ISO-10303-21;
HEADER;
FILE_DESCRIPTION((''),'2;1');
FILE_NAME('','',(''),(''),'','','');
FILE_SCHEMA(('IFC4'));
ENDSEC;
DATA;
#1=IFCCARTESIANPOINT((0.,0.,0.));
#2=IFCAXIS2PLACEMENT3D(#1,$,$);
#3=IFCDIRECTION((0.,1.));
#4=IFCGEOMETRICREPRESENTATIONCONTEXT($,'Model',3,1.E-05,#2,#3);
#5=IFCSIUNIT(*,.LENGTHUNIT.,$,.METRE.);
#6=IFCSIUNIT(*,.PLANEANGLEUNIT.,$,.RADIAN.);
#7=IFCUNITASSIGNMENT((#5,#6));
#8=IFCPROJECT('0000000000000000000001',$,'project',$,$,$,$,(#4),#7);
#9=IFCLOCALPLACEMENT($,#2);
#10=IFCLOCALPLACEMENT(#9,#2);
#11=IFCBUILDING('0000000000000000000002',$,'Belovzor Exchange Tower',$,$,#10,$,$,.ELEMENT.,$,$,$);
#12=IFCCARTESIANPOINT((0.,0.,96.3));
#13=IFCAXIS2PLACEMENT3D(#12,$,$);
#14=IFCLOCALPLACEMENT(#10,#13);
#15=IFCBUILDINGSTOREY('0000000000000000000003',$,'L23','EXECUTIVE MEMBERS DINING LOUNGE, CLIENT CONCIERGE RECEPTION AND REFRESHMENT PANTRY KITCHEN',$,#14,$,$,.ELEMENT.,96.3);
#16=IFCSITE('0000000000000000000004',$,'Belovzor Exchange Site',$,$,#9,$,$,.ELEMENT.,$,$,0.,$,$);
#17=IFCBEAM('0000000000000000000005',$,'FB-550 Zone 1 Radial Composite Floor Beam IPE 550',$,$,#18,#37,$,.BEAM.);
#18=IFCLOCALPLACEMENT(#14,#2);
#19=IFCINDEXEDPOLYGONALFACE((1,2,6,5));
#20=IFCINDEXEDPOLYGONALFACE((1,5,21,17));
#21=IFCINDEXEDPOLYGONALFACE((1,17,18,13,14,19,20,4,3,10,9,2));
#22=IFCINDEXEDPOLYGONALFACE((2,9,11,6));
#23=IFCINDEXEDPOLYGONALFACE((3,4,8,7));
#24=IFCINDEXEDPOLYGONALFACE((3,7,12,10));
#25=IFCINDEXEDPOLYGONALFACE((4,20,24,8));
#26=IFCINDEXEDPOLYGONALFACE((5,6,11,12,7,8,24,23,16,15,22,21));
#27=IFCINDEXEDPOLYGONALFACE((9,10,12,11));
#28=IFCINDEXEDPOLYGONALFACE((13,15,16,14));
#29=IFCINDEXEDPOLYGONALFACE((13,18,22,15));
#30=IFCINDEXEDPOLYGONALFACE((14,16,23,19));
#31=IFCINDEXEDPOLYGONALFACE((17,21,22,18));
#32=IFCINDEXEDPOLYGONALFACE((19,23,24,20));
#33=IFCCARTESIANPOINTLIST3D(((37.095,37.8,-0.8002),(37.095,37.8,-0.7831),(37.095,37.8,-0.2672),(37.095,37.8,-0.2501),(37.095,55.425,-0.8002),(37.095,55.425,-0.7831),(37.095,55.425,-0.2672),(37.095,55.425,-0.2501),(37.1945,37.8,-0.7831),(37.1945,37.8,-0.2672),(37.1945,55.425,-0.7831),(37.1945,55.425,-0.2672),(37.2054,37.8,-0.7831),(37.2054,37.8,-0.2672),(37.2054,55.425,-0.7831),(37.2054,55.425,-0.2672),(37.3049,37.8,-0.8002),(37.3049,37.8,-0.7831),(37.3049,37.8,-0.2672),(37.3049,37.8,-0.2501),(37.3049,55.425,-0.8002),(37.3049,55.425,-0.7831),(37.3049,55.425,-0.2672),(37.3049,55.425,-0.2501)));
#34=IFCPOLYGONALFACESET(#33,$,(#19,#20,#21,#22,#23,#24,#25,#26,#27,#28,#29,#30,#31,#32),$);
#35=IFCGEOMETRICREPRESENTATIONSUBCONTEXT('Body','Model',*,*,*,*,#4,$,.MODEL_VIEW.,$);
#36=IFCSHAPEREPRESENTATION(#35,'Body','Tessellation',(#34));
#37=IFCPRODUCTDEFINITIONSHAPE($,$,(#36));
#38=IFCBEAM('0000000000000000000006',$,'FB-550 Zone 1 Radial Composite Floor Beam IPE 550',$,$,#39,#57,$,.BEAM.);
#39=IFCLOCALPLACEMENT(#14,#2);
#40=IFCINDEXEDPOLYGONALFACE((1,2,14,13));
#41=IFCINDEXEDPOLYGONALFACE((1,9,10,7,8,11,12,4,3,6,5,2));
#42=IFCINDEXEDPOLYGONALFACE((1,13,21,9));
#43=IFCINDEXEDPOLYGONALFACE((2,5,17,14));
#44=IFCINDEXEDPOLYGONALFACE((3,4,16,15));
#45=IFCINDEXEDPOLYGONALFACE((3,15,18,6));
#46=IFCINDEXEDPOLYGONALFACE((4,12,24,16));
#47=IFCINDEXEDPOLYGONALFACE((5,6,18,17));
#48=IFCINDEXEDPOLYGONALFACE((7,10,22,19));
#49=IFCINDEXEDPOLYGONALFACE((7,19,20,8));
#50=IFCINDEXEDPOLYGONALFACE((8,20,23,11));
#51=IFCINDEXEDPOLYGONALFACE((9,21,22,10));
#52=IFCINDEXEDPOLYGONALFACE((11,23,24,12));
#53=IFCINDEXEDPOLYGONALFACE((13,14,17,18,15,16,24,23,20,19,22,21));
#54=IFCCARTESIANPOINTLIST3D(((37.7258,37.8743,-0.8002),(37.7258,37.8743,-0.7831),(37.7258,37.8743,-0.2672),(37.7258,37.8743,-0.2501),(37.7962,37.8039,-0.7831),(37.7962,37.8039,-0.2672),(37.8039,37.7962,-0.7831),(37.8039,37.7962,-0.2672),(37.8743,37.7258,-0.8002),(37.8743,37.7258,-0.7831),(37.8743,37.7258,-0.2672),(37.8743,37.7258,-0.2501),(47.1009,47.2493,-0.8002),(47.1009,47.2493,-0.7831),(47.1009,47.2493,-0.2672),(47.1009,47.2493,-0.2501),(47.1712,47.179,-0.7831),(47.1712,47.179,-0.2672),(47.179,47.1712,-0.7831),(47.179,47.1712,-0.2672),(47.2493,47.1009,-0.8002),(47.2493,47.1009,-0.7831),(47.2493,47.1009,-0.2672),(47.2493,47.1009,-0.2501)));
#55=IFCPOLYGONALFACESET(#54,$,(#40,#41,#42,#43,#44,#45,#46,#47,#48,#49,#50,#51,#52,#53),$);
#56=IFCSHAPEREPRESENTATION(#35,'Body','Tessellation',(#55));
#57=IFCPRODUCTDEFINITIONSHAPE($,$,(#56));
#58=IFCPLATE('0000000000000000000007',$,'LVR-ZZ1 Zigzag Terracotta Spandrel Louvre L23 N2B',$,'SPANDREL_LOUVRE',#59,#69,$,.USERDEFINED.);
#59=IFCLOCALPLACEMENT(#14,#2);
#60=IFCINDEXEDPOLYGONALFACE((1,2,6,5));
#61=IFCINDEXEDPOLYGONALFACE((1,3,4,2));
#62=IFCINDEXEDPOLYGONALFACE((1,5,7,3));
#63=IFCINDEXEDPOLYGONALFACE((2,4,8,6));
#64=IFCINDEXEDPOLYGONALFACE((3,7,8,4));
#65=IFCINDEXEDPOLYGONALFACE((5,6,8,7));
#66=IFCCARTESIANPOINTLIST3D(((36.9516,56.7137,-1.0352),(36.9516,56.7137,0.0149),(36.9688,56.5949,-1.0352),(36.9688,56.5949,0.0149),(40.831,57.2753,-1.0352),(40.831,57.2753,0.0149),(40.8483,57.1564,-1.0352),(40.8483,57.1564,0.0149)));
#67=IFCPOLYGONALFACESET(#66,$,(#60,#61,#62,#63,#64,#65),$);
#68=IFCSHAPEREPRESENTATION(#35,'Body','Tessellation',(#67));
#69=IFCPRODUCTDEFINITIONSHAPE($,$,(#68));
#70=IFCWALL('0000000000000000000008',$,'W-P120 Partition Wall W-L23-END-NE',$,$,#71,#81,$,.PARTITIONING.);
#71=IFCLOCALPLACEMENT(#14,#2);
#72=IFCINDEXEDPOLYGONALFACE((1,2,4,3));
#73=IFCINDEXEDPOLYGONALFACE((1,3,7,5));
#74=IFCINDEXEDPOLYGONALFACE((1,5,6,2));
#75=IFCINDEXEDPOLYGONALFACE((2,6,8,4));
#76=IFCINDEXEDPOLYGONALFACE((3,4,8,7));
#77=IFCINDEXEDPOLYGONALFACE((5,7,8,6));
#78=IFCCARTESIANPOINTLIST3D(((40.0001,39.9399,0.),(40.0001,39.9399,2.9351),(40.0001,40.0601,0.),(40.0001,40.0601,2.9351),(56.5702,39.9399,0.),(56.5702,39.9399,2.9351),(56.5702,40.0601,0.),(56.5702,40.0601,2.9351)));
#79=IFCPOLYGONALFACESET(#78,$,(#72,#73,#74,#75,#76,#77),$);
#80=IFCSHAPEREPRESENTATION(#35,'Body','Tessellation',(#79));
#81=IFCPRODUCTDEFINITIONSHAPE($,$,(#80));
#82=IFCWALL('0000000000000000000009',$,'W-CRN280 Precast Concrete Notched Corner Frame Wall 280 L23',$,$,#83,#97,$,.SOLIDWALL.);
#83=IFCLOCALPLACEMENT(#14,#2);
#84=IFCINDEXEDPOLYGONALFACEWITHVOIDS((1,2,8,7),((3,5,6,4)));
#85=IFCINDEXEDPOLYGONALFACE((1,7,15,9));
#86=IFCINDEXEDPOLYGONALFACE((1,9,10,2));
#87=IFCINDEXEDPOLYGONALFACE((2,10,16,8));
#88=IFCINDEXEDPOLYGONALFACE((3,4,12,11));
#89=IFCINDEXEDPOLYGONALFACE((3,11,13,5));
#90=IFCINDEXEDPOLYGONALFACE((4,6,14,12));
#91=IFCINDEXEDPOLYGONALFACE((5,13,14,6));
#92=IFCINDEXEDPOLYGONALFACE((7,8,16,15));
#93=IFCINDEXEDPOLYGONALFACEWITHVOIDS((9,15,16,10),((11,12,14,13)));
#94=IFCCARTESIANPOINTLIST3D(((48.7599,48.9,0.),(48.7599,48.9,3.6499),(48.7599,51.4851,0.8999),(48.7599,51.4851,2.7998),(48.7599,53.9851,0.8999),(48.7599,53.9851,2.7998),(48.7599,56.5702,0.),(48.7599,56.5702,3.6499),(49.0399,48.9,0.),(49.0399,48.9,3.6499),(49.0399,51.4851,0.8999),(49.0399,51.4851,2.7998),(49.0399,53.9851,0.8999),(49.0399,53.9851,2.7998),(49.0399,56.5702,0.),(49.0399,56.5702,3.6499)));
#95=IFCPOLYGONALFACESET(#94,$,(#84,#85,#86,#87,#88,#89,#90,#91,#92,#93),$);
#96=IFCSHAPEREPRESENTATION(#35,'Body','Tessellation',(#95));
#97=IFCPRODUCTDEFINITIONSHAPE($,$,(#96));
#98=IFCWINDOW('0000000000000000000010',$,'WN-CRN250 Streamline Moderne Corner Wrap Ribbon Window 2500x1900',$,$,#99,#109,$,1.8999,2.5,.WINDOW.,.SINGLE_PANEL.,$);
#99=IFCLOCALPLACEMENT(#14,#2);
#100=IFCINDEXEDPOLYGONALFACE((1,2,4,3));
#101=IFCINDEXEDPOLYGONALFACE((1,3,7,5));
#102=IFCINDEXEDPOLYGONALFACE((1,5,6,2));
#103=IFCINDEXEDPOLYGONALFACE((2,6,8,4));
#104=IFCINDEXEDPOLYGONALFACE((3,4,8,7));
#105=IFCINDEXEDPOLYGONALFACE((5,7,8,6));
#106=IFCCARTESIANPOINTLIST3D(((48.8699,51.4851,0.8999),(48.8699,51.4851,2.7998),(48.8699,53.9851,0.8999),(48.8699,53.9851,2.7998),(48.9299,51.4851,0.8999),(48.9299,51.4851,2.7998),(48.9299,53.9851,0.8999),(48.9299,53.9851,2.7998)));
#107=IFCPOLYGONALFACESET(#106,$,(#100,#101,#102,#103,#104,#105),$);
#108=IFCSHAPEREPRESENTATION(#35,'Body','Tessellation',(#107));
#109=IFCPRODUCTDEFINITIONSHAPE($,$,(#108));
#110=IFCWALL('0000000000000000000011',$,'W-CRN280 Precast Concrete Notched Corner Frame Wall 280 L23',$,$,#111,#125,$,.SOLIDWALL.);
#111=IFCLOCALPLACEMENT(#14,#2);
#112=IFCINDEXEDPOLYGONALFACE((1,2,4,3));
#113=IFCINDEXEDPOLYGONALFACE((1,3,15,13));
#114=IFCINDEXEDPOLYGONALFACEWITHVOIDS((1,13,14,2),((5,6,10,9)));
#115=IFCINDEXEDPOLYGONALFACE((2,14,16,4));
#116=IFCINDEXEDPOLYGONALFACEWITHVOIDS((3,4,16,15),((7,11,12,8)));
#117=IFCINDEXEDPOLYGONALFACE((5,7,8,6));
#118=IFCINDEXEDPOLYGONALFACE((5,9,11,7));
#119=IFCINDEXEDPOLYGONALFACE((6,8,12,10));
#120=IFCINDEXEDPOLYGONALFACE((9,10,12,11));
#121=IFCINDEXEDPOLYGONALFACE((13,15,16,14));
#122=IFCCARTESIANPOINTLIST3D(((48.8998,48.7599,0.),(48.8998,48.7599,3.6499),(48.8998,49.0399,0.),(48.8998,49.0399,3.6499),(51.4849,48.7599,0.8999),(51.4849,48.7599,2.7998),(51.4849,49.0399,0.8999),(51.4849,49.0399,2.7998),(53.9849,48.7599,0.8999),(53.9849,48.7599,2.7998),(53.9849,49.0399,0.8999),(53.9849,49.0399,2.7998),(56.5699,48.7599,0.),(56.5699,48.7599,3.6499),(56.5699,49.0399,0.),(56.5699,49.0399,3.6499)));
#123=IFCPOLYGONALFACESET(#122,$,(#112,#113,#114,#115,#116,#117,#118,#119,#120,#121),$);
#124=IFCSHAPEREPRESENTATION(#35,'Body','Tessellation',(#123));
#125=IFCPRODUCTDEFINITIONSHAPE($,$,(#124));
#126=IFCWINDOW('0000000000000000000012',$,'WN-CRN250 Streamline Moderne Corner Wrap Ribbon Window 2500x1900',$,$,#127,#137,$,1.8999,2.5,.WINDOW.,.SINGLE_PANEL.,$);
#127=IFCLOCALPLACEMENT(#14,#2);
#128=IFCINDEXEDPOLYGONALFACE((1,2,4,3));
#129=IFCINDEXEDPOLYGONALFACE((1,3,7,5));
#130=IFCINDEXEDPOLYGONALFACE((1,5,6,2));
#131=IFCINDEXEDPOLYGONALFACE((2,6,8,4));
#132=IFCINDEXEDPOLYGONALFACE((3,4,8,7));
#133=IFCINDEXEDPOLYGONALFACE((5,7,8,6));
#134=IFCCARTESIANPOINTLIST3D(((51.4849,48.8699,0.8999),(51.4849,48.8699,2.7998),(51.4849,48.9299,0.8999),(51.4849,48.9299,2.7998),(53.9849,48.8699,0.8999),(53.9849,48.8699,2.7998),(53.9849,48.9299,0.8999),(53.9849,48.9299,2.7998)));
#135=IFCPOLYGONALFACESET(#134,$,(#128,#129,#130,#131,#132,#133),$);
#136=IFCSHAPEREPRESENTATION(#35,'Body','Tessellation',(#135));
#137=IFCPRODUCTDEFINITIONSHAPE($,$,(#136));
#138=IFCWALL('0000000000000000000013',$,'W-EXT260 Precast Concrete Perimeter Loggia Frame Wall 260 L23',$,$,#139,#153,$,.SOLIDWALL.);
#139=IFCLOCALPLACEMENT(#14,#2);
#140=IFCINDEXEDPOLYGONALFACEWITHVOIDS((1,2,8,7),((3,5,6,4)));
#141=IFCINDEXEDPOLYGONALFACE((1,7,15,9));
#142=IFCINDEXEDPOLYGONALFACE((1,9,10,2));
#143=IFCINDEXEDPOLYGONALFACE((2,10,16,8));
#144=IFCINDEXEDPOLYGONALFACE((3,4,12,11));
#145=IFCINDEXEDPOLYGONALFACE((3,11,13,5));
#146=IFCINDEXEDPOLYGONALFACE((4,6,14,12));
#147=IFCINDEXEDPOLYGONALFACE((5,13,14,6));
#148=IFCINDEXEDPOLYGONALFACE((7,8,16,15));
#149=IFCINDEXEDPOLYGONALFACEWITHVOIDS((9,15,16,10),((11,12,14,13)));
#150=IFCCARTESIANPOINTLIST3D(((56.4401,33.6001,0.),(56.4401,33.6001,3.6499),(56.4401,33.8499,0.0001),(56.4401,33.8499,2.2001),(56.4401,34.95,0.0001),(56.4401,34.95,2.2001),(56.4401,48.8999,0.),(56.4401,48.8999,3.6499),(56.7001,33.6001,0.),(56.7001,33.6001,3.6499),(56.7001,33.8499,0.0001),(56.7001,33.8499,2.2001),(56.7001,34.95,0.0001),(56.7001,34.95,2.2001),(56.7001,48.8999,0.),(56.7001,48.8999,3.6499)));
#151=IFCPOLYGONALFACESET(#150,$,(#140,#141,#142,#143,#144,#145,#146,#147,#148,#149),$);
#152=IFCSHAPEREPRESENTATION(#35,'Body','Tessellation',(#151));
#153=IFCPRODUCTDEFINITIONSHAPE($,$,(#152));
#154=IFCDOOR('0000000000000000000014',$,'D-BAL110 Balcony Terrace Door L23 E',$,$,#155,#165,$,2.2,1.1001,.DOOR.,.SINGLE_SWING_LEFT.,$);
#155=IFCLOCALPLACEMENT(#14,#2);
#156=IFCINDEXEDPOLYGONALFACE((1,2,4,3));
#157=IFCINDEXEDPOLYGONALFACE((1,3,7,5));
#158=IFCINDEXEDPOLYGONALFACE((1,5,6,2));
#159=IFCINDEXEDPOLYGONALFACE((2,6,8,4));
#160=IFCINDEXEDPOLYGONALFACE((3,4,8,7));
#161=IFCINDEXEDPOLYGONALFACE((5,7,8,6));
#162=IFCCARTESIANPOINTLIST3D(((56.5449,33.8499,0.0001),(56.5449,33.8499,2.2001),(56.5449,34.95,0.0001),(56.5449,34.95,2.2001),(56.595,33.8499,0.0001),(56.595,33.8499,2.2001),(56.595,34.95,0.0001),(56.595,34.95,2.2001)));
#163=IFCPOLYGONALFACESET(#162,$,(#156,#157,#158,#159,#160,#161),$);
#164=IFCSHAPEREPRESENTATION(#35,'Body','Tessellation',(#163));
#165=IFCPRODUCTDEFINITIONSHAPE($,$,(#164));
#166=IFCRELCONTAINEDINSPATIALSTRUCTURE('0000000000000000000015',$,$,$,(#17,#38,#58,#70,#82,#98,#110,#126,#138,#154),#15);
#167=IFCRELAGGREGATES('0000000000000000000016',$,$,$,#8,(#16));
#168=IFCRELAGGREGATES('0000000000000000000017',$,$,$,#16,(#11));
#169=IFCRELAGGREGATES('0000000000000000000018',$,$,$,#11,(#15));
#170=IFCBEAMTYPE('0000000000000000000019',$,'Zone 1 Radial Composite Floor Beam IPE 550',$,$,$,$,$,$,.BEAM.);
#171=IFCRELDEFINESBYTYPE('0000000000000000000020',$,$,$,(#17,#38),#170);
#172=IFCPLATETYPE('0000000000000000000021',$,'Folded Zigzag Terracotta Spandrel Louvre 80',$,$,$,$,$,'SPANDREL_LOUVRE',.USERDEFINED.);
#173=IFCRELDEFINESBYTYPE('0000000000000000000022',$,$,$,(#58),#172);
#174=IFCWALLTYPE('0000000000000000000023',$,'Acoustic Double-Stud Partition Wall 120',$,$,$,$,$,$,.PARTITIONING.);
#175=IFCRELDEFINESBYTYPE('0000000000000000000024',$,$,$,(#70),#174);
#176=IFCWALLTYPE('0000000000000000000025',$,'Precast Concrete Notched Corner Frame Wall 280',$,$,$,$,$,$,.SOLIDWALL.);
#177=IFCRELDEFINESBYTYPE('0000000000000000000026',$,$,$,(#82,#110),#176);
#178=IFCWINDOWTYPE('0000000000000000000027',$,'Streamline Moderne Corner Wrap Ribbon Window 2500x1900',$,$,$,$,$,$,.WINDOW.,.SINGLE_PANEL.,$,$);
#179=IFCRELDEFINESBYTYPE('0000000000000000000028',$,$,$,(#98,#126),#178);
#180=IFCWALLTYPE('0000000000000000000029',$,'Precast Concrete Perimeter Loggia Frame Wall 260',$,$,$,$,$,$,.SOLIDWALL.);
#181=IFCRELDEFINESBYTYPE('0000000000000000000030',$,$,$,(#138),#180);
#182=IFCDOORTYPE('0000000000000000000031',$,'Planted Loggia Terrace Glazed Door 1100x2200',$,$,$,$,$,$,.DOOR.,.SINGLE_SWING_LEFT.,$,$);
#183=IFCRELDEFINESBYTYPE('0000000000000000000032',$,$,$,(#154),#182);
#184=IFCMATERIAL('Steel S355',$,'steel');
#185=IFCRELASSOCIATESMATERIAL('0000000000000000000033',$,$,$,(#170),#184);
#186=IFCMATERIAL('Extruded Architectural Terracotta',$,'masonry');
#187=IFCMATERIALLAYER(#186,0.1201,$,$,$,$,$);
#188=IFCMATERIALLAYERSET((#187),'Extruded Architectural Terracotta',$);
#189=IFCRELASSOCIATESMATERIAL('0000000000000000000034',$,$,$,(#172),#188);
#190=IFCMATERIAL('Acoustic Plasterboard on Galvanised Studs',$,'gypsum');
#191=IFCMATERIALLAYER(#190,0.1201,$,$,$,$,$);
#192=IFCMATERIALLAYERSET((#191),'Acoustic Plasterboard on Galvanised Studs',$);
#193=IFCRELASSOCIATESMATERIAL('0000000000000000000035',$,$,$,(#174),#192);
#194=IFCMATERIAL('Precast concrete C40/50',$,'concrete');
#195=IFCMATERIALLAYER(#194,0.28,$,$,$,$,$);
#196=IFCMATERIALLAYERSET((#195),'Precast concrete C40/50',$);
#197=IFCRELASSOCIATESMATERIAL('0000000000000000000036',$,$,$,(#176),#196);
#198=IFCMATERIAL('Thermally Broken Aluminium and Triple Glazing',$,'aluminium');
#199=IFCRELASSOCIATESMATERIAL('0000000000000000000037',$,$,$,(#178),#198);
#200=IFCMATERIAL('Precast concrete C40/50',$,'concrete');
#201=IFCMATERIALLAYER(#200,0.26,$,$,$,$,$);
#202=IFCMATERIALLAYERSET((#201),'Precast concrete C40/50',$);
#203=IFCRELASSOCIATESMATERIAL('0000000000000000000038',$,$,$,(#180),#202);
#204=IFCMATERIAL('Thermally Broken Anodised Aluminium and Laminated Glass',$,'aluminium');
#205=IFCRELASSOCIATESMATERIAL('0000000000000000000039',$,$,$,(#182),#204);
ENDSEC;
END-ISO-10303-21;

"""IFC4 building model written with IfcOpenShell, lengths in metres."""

from ifc_helpers import new_model, si_unit, direction, frame, frame_2d, origin, origin_2d, place, context, subcontext, project, spatial, rectangle, i_section, extrude, material, layer, layer_set, material_profile, profile_set, type_object, element, fill, save


model = new_model("IFC4")

# Units and contexts
model_context = context("Model", 3, precision=1e-05, world=origin(), true_north=direction((0.0, 1.0)))
body_context = subcontext(model_context, "Body", "Model", "MODEL_VIEW")
ifc_project = project(units=[si_unit("LENGTHUNIT", "METRE"), si_unit("PLANEANGLEUNIT", "RADIAN")], contexts=[model_context])

# Site, building, storey
site_placement = place(None, origin())
site = spatial("IfcSite", under=ifc_project, at=site_placement, Name="Belovzor Exchange Site", CompositionType="ELEMENT", RefElevation=0.0)
building_placement = place(site_placement, origin())
building = spatial("IfcBuilding", under=site, at=building_placement, Name="Belovzor Exchange Tower", CompositionType="ELEMENT")
storey_placement = place(building_placement, frame((0.0, 0.0, 96.3)))
storey = spatial("IfcBuildingStorey", under=building, at=storey_placement, Name="L23", Description="EXECUTIVE MEMBERS DINING LOUNGE, CLIENT CONCIERGE RECEPTION AND REFRESHMENT PANTRY KITCHEN", CompositionType="ELEMENT", Elevation=96.3)

# Beams
ifc_material_1 = material(Name="Steel S355", Category="steel")
ifc_material_profile_1 = material_profile(ifc_material_1, i_section(OverallWidth=0.21, OverallDepth=0.55, WebThickness=0.011, FlangeThickness=0.0171, at=origin_2d()))
ifc_profile_set_1 = profile_set([ifc_material_profile_1], Name="Steel S355")
beam_type_1 = type_object("IfcBeamType", Name="Zone 1 Radial Composite Floor Beam IPE 550", PredefinedType="BEAM", material=ifc_profile_set_1)
beam_1_placement = place(storey_placement, frame((37.2, 37.8, -0.5251), z_axis=(0.0, 1.0, 0.0), x_axis=(-1.0, 0.0, 0.0)))
element("IfcBeam", 1, at=beam_1_placement, inside=storey, type_object=beam_type_1, Name="FB-550 Zone 1 Radial Composite Floor Beam IPE 550", PredefinedType="BEAM", context=body_context, shape_type="SweptSolid", body=[
    extrude(i_section(OverallWidth=0.21, OverallDepth=0.55, WebThickness=0.011, FlangeThickness=0.0171, at=origin_2d()), origin(), (0.0, 0.0, 1.0), 17.625),
])
beam_2_placement = place(storey_placement, frame((37.8, 37.8, -0.5251), z_axis=(0.707107, 0.707107, 0.0), x_axis=(-0.707107, 0.707107, 0.0)))
element("IfcBeam", 2, at=beam_2_placement, inside=storey, type_object=beam_type_1, Name="FB-550 Zone 1 Radial Composite Floor Beam IPE 550", PredefinedType="BEAM", context=body_context, shape_type="SweptSolid", body=[
    extrude(i_section(OverallWidth=0.21, OverallDepth=0.55, WebThickness=0.011, FlangeThickness=0.0171, at=origin_2d()), origin(), (0.0, 0.0, 1.0), 13.2583),
])

# Plate
ifc_material_2 = material(Name="Extruded Architectural Terracotta", Category="masonry")
ifc_layer_1 = layer(ifc_material_2, 0.1201)
ifc_layer_set_1 = layer_set([ifc_layer_1], Name="Extruded Architectural Terracotta")
plate_type = type_object("IfcPlateType", Name="Folded Zigzag Terracotta Spandrel Louvre 80", ElementType="SPANDREL_LOUVRE", PredefinedType="USERDEFINED", material=ifc_layer_set_1)
plate_placement = place(storey_placement, frame((38.8999, 56.9351, -1.0352), z_axis=(0.0, 0.0, 1.0), x_axis=(0.989686, 0.143251, 0.0)))
element("IfcPlate", 3, at=plate_placement, inside=storey, type_object=plate_type, Name="LVR-ZZ1 Zigzag Terracotta Spandrel Louvre L23 N2B", ObjectType="SPANDREL_LOUVRE", PredefinedType="USERDEFINED", context=body_context, shape_type="SweptSolid", body=[
    extrude(rectangle(XDim=3.9199, YDim=0.1201, at=origin_2d()), origin(), (0.0, 0.0, 1.0), 1.05),
])

# Wall
ifc_material_3 = material(Name="Acoustic Plasterboard on Galvanised Studs", Category="gypsum")
ifc_layer_2 = layer(ifc_material_3, 0.1201)
ifc_layer_set_2 = layer_set([ifc_layer_2], Name="Acoustic Plasterboard on Galvanised Studs")
wall_type_1 = type_object("IfcWallType", Name="Acoustic Double-Stud Partition Wall 120", PredefinedType="PARTITIONING", material=ifc_layer_set_2)
wall_1_placement = place(storey_placement, frame((40.0, 40.0, 0.0), z_axis=(0.0, 0.0, 1.0), x_axis=(1.0, 0.0, 0.0)))
element("IfcWall", 4, at=wall_1_placement, inside=storey, type_object=wall_type_1, Name="W-P120 Partition Wall W-L23-END-NE", PredefinedType="PARTITIONING", context=body_context, shape_type="SweptSolid", body=[
    extrude(rectangle(XDim=16.5701, YDim=0.1201, at=frame_2d((8.2852, 0.0))), origin(), (0.0, 0.0, 1.0), 2.9351),
])

# Walls, openings, windows
ifc_material_4 = material(Name="Precast concrete C40/50", Category="concrete")
ifc_layer_3 = layer(ifc_material_4, 0.28)
ifc_layer_set_3 = layer_set([ifc_layer_3], Name="Precast concrete C40/50")
wall_type_2 = type_object("IfcWallType", Name="Precast Concrete Notched Corner Frame Wall 280", PredefinedType="SOLIDWALL", material=ifc_layer_set_3)
wall_2_placement = place(storey_placement, frame((48.8999, 56.5701, 0.0), z_axis=(0.0, 0.0, 1.0), x_axis=(0.0, -1.0, 0.0)))
wall_2 = element("IfcWall", 5, at=wall_2_placement, inside=storey, type_object=wall_type_2, Name="W-CRN280 Precast Concrete Notched Corner Frame Wall 280 L23", PredefinedType="SOLIDWALL", context=body_context, shape_type="SweptSolid", body=[
    extrude(rectangle(XDim=7.6702, YDim=0.28, at=frame_2d((3.835, 0.0))), origin(), (0.0, 0.0, 1.0), 3.6499),
])
opening_1_placement = place(wall_2_placement, frame((2.585, 0.0, 0.8999)))
opening_1 = element("IfcOpeningElement", 6, at=opening_1_placement, cuts=wall_2, PredefinedType="OPENING", context=body_context, shape_type="SweptSolid", body=[
    extrude(rectangle(XDim=2.5, YDim=1.8999, at=frame_2d((1.25, 0.95))), frame((0.0, 0.1499, 0.0), z_axis=(0.0, -1.0, 0.0), x_axis=(1.0, 0.0, 0.0)), (0.0, 0.0, 1.0), 0.3),
])
ifc_material_5 = material(Name="Thermally Broken Aluminium and Triple Glazing", Category="aluminium")
window_type = type_object("IfcWindowType", Name="Streamline Moderne Corner Wrap Ribbon Window 2500x1900", PartitioningType="SINGLE_PANEL", PredefinedType="WINDOW", material=ifc_material_5)
window_1_placement = place(opening_1_placement, origin())
window_1 = element("IfcWindow", 7, at=window_1_placement, inside=storey, type_object=window_type, Name="WN-CRN250 Streamline Moderne Corner Wrap Ribbon Window 2500x1900", OverallHeight=1.8999, OverallWidth=2.5, PartitioningType="SINGLE_PANEL", PredefinedType="WINDOW", context=body_context, shape_type="SweptSolid", body=[
    extrude(rectangle(XDim=2.5, YDim=1.8999, at=frame_2d((1.25, 0.95))), frame((0.0, 0.03, 0.0), z_axis=(0.0, -1.0, 0.0), x_axis=(1.0, 0.0, 0.0)), (0.0, 0.0, 1.0), 0.0601),
])
fill(opening_1, window_1)
wall_3_placement = place(storey_placement, frame((48.8999, 48.8999, 0.0), z_axis=(0.0, 0.0, 1.0), x_axis=(1.0, 0.0, 0.0)))
wall_3 = element("IfcWall", 8, at=wall_3_placement, inside=storey, type_object=wall_type_2, Name="W-CRN280 Precast Concrete Notched Corner Frame Wall 280 L23", PredefinedType="SOLIDWALL", context=body_context, shape_type="SweptSolid", body=[
    extrude(rectangle(XDim=7.6702, YDim=0.28, at=frame_2d((3.835, 0.0))), origin(), (0.0, 0.0, 1.0), 3.6499),
])
opening_2_placement = place(wall_3_placement, frame((2.585, 0.0, 0.8999)))
opening_2 = element("IfcOpeningElement", 9, at=opening_2_placement, cuts=wall_3, PredefinedType="OPENING", context=body_context, shape_type="SweptSolid", body=[
    extrude(rectangle(XDim=2.5, YDim=1.8999, at=frame_2d((1.25, 0.95))), frame((0.0, 0.1499, 0.0), z_axis=(0.0, -1.0, 0.0), x_axis=(1.0, 0.0, 0.0)), (0.0, 0.0, 1.0), 0.3),
])
window_2_placement = place(opening_2_placement, origin())
window_2 = element("IfcWindow", 10, at=window_2_placement, inside=storey, type_object=window_type, Name="WN-CRN250 Streamline Moderne Corner Wrap Ribbon Window 2500x1900", OverallHeight=1.8999, OverallWidth=2.5, PartitioningType="SINGLE_PANEL", PredefinedType="WINDOW", context=body_context, shape_type="SweptSolid", body=[
    extrude(rectangle(XDim=2.5, YDim=1.8999, at=frame_2d((1.25, 0.95))), frame((0.0, 0.03, 0.0), z_axis=(0.0, -1.0, 0.0), x_axis=(1.0, 0.0, 0.0)), (0.0, 0.0, 1.0), 0.0601),
])
fill(opening_2, window_2)

# Wall, opening, door
ifc_material_6 = material(Name="Precast concrete C40/50", Category="concrete")
ifc_layer_4 = layer(ifc_material_6, 0.26)
ifc_layer_set_4 = layer_set([ifc_layer_4], Name="Precast concrete C40/50")
wall_type_3 = type_object("IfcWallType", Name="Precast Concrete Perimeter Loggia Frame Wall 260", PredefinedType="SOLIDWALL", material=ifc_layer_set_4)
wall_4_placement = place(storey_placement, frame((56.5701, 48.8999, 0.0), z_axis=(0.0, 0.0, 1.0), x_axis=(0.0, -1.0, 0.0)))
wall_4 = element("IfcWall", 11, at=wall_4_placement, inside=storey, type_object=wall_type_3, Name="W-EXT260 Precast Concrete Perimeter Loggia Frame Wall 260 L23", PredefinedType="SOLIDWALL", context=body_context, shape_type="SweptSolid", body=[
    extrude(rectangle(XDim=15.2998, YDim=0.26, at=frame_2d((7.6499, 0.0))), origin(), (0.0, 0.0, 1.0), 3.6499),
])
opening_3_placement = place(wall_4_placement, frame((13.95, 0.0, 0.0)))
opening_3 = element("IfcOpeningElement", 12, at=opening_3_placement, cuts=wall_4, PredefinedType="OPENING", context=body_context, shape_type="SweptSolid", body=[
    extrude(rectangle(XDim=1.1001, YDim=2.2, at=frame_2d((0.55, 1.1001))), frame((0.0, 0.1399, 0.0), z_axis=(0.0, -1.0, 0.0), x_axis=(1.0, 0.0, 0.0)), (0.0, 0.0, 1.0), 0.28),
])
ifc_material_7 = material(Name="Thermally Broken Anodised Aluminium and Laminated Glass", Category="aluminium")
door_type = type_object("IfcDoorType", Name="Planted Loggia Terrace Glazed Door 1100x2200", OperationType="SINGLE_SWING_LEFT", PredefinedType="DOOR", material=ifc_material_7)
door_placement = place(opening_3_placement, origin())
door = element("IfcDoor", 13, at=door_placement, inside=storey, type_object=door_type, Name="D-BAL110 Balcony Terrace Door L23 E", OperationType="SINGLE_SWING_LEFT", OverallHeight=2.2, OverallWidth=1.1001, PredefinedType="DOOR", context=body_context, shape_type="SweptSolid", body=[
    extrude(rectangle(XDim=1.1001, YDim=2.2, at=frame_2d((0.55, 1.1001))), frame((0.0, 0.0249, 0.0), z_axis=(0.0, -1.0, 0.0), x_axis=(1.0, 0.0, 0.0)), (0.0, 0.0, 1.0), 0.05),
])
fill(opening_3, door)

save(model, "model.ifc")
